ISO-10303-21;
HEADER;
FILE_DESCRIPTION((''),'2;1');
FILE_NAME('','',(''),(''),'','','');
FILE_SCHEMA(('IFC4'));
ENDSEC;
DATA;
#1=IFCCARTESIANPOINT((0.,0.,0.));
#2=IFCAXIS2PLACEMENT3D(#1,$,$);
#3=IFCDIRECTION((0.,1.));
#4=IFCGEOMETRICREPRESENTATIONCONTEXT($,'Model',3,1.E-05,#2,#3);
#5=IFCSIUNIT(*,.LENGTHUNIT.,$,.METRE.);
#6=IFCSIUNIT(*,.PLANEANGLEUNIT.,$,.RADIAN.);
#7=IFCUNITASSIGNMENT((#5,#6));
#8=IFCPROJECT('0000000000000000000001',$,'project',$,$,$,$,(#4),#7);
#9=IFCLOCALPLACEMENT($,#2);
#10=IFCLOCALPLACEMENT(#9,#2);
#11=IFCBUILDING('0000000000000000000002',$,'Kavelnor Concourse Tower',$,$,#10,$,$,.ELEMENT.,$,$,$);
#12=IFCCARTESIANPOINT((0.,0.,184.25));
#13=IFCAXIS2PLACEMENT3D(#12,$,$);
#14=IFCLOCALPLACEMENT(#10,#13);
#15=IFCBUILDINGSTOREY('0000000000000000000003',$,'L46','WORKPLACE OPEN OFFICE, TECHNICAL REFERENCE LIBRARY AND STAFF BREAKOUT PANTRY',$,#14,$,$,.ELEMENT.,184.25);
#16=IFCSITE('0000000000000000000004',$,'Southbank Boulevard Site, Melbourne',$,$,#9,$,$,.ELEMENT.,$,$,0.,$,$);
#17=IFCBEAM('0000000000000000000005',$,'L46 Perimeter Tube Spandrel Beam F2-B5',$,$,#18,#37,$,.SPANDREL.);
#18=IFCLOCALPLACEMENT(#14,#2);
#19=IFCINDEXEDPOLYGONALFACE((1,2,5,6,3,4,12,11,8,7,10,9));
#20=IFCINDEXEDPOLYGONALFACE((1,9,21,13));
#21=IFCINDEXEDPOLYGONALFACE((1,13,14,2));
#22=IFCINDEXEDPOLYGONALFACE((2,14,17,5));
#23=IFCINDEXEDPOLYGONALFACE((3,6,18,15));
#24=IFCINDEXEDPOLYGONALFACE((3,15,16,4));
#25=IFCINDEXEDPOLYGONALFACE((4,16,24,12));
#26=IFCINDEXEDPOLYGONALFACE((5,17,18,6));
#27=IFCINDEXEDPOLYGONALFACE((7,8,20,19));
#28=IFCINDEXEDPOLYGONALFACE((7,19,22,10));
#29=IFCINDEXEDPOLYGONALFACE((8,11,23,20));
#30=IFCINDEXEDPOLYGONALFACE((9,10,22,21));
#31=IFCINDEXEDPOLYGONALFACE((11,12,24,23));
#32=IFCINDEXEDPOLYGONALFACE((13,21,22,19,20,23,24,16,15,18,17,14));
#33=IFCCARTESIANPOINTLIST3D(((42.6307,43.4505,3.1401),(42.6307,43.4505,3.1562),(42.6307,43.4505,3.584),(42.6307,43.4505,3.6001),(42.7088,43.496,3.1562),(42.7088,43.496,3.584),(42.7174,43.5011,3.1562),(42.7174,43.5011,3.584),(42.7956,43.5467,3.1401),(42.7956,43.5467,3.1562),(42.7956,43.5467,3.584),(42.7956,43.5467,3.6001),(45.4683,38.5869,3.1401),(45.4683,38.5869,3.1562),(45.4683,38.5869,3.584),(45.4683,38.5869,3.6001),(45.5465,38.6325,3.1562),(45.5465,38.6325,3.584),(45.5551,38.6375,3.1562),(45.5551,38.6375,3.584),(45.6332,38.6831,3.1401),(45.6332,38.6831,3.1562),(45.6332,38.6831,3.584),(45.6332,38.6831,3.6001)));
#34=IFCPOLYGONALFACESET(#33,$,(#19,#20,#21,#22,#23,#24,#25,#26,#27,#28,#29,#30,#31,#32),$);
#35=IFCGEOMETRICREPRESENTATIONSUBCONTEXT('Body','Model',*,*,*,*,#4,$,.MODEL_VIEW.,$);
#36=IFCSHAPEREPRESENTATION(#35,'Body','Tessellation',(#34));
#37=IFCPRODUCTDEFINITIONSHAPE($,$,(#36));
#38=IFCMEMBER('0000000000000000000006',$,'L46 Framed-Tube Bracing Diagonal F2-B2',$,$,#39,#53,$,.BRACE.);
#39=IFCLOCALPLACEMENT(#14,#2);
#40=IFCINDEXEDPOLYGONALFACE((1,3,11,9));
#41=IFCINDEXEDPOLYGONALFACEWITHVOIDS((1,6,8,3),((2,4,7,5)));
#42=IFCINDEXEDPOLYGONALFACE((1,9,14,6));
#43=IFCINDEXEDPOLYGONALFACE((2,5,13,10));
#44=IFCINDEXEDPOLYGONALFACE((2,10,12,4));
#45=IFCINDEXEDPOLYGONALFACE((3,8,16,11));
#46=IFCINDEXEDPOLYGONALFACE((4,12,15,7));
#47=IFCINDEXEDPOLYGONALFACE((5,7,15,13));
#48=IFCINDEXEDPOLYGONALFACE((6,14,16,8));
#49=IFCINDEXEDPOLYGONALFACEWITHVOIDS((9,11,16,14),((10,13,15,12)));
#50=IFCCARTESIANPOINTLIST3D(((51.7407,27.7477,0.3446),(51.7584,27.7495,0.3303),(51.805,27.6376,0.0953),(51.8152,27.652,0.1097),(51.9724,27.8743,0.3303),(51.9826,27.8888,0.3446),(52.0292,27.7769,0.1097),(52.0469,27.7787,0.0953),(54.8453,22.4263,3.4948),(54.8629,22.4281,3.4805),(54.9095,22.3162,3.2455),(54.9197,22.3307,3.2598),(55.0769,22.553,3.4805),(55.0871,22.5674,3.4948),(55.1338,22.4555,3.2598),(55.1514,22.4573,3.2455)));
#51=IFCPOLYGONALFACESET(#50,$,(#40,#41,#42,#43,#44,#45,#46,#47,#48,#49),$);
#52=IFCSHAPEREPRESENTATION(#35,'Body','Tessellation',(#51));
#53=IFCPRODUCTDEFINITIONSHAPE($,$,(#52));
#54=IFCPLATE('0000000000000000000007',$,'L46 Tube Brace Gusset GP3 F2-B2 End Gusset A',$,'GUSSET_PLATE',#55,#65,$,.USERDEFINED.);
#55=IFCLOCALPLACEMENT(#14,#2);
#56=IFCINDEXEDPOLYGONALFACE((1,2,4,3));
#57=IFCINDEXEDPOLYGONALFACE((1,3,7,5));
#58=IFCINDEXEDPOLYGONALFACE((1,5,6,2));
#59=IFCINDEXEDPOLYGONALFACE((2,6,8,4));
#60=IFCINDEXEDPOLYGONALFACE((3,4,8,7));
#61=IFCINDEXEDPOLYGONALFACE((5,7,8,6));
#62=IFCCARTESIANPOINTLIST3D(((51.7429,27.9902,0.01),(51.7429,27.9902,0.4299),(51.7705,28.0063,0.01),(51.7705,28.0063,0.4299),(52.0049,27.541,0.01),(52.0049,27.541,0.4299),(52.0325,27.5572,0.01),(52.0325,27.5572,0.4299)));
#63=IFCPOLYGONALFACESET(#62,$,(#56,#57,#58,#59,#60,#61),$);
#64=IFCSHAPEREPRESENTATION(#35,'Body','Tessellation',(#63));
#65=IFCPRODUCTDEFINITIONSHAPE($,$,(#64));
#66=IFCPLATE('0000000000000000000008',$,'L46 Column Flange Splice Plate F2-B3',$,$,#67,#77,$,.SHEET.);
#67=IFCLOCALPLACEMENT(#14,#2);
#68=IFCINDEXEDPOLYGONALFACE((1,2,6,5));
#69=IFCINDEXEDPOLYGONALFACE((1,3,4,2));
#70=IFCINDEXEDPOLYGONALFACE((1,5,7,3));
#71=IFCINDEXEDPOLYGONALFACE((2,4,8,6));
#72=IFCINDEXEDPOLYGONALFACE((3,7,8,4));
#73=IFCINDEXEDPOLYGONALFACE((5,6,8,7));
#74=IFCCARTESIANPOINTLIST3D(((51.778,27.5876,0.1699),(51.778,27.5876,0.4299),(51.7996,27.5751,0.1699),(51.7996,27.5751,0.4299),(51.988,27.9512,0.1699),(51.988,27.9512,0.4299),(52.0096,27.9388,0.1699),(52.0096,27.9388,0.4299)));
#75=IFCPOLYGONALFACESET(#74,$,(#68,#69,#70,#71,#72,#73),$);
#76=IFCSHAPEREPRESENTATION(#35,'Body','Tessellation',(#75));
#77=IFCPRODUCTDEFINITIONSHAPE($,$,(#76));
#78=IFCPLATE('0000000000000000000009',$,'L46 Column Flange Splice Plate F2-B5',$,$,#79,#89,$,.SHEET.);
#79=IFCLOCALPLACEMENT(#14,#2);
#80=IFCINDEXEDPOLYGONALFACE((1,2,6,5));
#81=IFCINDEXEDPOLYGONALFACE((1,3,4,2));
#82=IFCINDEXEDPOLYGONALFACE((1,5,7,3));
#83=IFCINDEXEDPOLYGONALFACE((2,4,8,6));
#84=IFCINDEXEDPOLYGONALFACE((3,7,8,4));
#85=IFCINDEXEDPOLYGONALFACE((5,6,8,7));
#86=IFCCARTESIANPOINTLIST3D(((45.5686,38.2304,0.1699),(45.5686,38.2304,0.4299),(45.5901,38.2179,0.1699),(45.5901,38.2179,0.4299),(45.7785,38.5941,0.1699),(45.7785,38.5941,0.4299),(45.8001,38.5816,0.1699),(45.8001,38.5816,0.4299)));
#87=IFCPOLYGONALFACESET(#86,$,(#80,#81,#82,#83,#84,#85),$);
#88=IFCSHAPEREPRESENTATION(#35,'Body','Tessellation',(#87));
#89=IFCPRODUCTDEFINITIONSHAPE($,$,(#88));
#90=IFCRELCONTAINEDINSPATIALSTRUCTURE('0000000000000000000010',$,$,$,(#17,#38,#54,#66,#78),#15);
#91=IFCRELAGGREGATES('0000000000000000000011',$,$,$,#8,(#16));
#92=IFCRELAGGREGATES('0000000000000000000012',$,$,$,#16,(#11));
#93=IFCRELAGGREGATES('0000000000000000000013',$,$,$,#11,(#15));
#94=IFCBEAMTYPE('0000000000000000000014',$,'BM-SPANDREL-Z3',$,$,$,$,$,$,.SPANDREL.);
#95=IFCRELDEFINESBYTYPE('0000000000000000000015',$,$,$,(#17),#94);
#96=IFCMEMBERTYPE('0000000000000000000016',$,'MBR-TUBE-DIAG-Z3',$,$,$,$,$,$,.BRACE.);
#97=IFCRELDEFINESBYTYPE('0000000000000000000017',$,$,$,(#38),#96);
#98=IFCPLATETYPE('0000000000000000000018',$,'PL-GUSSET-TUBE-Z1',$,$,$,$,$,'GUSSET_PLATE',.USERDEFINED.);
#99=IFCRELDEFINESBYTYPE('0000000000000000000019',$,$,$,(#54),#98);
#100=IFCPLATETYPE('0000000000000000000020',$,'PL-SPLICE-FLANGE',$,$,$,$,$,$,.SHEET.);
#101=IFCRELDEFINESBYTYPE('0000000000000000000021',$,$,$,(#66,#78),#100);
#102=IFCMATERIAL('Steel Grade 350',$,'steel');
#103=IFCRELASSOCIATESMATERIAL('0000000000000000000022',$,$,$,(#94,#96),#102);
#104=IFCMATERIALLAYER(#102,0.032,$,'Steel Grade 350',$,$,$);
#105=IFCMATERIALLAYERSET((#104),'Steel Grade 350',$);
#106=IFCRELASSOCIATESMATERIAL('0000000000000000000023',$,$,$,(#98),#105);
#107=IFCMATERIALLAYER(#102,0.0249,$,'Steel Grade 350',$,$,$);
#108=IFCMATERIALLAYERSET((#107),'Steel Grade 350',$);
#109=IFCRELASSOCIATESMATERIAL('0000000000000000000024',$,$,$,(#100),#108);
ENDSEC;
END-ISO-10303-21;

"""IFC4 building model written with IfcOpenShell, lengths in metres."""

from ifc_helpers import new_model, si_unit, direction, frame, origin, origin_2d, place, context, subcontext, project, spatial, rectangle, hollow_rectangle, i_section, extrude, material, layer, layer_set, material_profile, profile_set, type_object, element, save


model = new_model("IFC4")

# Units and contexts
model_context = context("Model", 3, precision=1e-05, world=origin(), true_north=direction((0.0, 1.0)))
body_context = subcontext(model_context, "Body", "Model", "MODEL_VIEW")
ifc_project = project(units=[si_unit("LENGTHUNIT", "METRE"), si_unit("PLANEANGLEUNIT", "RADIAN")], contexts=[model_context])

# Site, building, storey
site_placement = place(None, origin())
site = spatial("IfcSite", under=ifc_project, at=site_placement, Name="Southbank Boulevard Site, Melbourne", CompositionType="ELEMENT", RefElevation=0.0)
building_placement = place(site_placement, origin())
building = spatial("IfcBuilding", under=site, at=building_placement, Name="Kavelnor Concourse Tower", CompositionType="ELEMENT")
storey_placement = place(building_placement, frame((0.0, 0.0, 184.25)))
storey = spatial("IfcBuildingStorey", under=building, at=storey_placement, Name="L46", Description="WORKPLACE OPEN OFFICE, TECHNICAL REFERENCE LIBRARY AND STAFF BREAKOUT PANTRY", CompositionType="ELEMENT", Elevation=184.25)

# Shared definitions
ifc_material_1 = material(Name="Steel Grade 350", Category="steel")

# Beam
ifc_material_profile_1 = material_profile(ifc_material_1, i_section(OverallWidth=0.1909, OverallDepth=0.46, WebThickness=0.01, FlangeThickness=0.0161, at=origin_2d()), Name="460UB82")
ifc_profile_set_1 = profile_set([ifc_material_profile_1], Name="Steel Grade 350")
beam_type_1 = type_object("IfcBeamType", Name="BM-SPANDREL-Z3", PredefinedType="SPANDREL", material=ifc_profile_set_1)
for number, where, z_axis, x_axis, name in (
    (1, (45.5508, 38.635, 3.3701), (-0.503949, 0.863733, 0.0), (-0.863733, -0.503949, 0.0), "L46 Perimeter Tube Spandrel Beam F2-B5"),
):
    element("IfcBeam", number, at=place(storey_placement, frame(where, z_axis=z_axis, x_axis=x_axis)), inside=storey, type_object=beam_type_1, Name=name, PredefinedType="SPANDREL", context=body_context, shape_type="SweptSolid", body=[
        extrude(i_section(OverallWidth=0.1909, OverallDepth=0.46, WebThickness=0.01, FlangeThickness=0.0161, at=origin_2d()), origin(), (0.0, 0.0, 1.0), 5.6309),
    ])

# Member
ifc_material_profile_2 = material_profile(ifc_material_1, hollow_rectangle(XDim=0.28, YDim=0.28, WallThickness=0.0161, at=origin_2d()), Name="SHS 280x280x16")
ifc_profile_set_2 = profile_set([ifc_material_profile_2], Name="Steel Grade 350")
member_type = type_object("IfcMemberType", Name="MBR-TUBE-DIAG-Z3", PredefinedType="BRACE", material=ifc_profile_set_2)
member_placement = place(storey_placement, frame((51.8938, 27.7632, 0.22), z_axis=(0.448668, -0.769045, 0.455266), x_axis=(0.86375, 0.50392, 0.0)))
element("IfcMember", 2, at=member_placement, inside=storey, type_object=member_type, Name="L46 Framed-Tube Bracing Diagonal F2-B2", PredefinedType="BRACE", context=body_context, shape_type="SweptSolid", body=[
    extrude(hollow_rectangle(XDim=0.28, YDim=0.28, WallThickness=0.0161, at=origin_2d()), origin(), (0.0, 0.0, 1.0), 6.9194),
])

# Plates
ifc_layer_1 = layer(ifc_material_1, 0.032, Name="Steel Grade 350")
ifc_layer_set_1 = layer_set([ifc_layer_1], Name="Steel Grade 350")
plate_type_1 = type_object("IfcPlateType", Name="PL-GUSSET-TUBE-Z1", ElementType="GUSSET_PLATE", PredefinedType="USERDEFINED", material=ifc_layer_set_1)
plate_placement = place(storey_placement, frame((51.8877, 27.7737, 0.01), z_axis=(0.0, 0.0, 1.0), x_axis=(0.503925, -0.863748, 0.0)))
element("IfcPlate", 3, at=plate_placement, inside=storey, type_object=plate_type_1, Name="L46 Tube Brace Gusset GP3 F2-B2 End Gusset A", ObjectType="GUSSET_PLATE", PredefinedType="USERDEFINED", context=body_context, shape_type="SweptSolid", body=[
    extrude(rectangle(XDim=0.52, YDim=0.032, at=origin_2d()), origin(), (0.0, 0.0, 1.0), 0.4199),
])
ifc_layer_2 = layer(ifc_material_1, 0.0249, Name="Steel Grade 350")
ifc_layer_set_2 = layer_set([ifc_layer_2], Name="Steel Grade 350")
plate_type_2 = type_object("IfcPlateType", Name="PL-SPLICE-FLANGE", PredefinedType="SHEET", material=ifc_layer_set_2)
for number, where, z_axis, x_axis, name in (
    (4, (51.8938, 27.7632, 0.1699), (0.0, 0.0, 1.0), (-0.5, -0.866025, 0.0), "L46 Column Flange Splice Plate F2-B3"),
    (5, (45.6843, 38.406, 0.1699), (0.0, 0.0, 1.0), (-0.5, -0.866025, 0.0), "L46 Column Flange Splice Plate F2-B5"),
):
    element("IfcPlate", number, at=place(storey_placement, frame(where, z_axis=z_axis, x_axis=x_axis)), inside=storey, type_object=plate_type_2, Name=name, PredefinedType="SHEET", context=body_context, shape_type="SweptSolid", body=[
        extrude(rectangle(XDim=0.4199, YDim=0.0249, at=origin_2d()), origin(), (0.0, 0.0, 1.0), 0.26),
    ])

save(model, "model.ifc")
